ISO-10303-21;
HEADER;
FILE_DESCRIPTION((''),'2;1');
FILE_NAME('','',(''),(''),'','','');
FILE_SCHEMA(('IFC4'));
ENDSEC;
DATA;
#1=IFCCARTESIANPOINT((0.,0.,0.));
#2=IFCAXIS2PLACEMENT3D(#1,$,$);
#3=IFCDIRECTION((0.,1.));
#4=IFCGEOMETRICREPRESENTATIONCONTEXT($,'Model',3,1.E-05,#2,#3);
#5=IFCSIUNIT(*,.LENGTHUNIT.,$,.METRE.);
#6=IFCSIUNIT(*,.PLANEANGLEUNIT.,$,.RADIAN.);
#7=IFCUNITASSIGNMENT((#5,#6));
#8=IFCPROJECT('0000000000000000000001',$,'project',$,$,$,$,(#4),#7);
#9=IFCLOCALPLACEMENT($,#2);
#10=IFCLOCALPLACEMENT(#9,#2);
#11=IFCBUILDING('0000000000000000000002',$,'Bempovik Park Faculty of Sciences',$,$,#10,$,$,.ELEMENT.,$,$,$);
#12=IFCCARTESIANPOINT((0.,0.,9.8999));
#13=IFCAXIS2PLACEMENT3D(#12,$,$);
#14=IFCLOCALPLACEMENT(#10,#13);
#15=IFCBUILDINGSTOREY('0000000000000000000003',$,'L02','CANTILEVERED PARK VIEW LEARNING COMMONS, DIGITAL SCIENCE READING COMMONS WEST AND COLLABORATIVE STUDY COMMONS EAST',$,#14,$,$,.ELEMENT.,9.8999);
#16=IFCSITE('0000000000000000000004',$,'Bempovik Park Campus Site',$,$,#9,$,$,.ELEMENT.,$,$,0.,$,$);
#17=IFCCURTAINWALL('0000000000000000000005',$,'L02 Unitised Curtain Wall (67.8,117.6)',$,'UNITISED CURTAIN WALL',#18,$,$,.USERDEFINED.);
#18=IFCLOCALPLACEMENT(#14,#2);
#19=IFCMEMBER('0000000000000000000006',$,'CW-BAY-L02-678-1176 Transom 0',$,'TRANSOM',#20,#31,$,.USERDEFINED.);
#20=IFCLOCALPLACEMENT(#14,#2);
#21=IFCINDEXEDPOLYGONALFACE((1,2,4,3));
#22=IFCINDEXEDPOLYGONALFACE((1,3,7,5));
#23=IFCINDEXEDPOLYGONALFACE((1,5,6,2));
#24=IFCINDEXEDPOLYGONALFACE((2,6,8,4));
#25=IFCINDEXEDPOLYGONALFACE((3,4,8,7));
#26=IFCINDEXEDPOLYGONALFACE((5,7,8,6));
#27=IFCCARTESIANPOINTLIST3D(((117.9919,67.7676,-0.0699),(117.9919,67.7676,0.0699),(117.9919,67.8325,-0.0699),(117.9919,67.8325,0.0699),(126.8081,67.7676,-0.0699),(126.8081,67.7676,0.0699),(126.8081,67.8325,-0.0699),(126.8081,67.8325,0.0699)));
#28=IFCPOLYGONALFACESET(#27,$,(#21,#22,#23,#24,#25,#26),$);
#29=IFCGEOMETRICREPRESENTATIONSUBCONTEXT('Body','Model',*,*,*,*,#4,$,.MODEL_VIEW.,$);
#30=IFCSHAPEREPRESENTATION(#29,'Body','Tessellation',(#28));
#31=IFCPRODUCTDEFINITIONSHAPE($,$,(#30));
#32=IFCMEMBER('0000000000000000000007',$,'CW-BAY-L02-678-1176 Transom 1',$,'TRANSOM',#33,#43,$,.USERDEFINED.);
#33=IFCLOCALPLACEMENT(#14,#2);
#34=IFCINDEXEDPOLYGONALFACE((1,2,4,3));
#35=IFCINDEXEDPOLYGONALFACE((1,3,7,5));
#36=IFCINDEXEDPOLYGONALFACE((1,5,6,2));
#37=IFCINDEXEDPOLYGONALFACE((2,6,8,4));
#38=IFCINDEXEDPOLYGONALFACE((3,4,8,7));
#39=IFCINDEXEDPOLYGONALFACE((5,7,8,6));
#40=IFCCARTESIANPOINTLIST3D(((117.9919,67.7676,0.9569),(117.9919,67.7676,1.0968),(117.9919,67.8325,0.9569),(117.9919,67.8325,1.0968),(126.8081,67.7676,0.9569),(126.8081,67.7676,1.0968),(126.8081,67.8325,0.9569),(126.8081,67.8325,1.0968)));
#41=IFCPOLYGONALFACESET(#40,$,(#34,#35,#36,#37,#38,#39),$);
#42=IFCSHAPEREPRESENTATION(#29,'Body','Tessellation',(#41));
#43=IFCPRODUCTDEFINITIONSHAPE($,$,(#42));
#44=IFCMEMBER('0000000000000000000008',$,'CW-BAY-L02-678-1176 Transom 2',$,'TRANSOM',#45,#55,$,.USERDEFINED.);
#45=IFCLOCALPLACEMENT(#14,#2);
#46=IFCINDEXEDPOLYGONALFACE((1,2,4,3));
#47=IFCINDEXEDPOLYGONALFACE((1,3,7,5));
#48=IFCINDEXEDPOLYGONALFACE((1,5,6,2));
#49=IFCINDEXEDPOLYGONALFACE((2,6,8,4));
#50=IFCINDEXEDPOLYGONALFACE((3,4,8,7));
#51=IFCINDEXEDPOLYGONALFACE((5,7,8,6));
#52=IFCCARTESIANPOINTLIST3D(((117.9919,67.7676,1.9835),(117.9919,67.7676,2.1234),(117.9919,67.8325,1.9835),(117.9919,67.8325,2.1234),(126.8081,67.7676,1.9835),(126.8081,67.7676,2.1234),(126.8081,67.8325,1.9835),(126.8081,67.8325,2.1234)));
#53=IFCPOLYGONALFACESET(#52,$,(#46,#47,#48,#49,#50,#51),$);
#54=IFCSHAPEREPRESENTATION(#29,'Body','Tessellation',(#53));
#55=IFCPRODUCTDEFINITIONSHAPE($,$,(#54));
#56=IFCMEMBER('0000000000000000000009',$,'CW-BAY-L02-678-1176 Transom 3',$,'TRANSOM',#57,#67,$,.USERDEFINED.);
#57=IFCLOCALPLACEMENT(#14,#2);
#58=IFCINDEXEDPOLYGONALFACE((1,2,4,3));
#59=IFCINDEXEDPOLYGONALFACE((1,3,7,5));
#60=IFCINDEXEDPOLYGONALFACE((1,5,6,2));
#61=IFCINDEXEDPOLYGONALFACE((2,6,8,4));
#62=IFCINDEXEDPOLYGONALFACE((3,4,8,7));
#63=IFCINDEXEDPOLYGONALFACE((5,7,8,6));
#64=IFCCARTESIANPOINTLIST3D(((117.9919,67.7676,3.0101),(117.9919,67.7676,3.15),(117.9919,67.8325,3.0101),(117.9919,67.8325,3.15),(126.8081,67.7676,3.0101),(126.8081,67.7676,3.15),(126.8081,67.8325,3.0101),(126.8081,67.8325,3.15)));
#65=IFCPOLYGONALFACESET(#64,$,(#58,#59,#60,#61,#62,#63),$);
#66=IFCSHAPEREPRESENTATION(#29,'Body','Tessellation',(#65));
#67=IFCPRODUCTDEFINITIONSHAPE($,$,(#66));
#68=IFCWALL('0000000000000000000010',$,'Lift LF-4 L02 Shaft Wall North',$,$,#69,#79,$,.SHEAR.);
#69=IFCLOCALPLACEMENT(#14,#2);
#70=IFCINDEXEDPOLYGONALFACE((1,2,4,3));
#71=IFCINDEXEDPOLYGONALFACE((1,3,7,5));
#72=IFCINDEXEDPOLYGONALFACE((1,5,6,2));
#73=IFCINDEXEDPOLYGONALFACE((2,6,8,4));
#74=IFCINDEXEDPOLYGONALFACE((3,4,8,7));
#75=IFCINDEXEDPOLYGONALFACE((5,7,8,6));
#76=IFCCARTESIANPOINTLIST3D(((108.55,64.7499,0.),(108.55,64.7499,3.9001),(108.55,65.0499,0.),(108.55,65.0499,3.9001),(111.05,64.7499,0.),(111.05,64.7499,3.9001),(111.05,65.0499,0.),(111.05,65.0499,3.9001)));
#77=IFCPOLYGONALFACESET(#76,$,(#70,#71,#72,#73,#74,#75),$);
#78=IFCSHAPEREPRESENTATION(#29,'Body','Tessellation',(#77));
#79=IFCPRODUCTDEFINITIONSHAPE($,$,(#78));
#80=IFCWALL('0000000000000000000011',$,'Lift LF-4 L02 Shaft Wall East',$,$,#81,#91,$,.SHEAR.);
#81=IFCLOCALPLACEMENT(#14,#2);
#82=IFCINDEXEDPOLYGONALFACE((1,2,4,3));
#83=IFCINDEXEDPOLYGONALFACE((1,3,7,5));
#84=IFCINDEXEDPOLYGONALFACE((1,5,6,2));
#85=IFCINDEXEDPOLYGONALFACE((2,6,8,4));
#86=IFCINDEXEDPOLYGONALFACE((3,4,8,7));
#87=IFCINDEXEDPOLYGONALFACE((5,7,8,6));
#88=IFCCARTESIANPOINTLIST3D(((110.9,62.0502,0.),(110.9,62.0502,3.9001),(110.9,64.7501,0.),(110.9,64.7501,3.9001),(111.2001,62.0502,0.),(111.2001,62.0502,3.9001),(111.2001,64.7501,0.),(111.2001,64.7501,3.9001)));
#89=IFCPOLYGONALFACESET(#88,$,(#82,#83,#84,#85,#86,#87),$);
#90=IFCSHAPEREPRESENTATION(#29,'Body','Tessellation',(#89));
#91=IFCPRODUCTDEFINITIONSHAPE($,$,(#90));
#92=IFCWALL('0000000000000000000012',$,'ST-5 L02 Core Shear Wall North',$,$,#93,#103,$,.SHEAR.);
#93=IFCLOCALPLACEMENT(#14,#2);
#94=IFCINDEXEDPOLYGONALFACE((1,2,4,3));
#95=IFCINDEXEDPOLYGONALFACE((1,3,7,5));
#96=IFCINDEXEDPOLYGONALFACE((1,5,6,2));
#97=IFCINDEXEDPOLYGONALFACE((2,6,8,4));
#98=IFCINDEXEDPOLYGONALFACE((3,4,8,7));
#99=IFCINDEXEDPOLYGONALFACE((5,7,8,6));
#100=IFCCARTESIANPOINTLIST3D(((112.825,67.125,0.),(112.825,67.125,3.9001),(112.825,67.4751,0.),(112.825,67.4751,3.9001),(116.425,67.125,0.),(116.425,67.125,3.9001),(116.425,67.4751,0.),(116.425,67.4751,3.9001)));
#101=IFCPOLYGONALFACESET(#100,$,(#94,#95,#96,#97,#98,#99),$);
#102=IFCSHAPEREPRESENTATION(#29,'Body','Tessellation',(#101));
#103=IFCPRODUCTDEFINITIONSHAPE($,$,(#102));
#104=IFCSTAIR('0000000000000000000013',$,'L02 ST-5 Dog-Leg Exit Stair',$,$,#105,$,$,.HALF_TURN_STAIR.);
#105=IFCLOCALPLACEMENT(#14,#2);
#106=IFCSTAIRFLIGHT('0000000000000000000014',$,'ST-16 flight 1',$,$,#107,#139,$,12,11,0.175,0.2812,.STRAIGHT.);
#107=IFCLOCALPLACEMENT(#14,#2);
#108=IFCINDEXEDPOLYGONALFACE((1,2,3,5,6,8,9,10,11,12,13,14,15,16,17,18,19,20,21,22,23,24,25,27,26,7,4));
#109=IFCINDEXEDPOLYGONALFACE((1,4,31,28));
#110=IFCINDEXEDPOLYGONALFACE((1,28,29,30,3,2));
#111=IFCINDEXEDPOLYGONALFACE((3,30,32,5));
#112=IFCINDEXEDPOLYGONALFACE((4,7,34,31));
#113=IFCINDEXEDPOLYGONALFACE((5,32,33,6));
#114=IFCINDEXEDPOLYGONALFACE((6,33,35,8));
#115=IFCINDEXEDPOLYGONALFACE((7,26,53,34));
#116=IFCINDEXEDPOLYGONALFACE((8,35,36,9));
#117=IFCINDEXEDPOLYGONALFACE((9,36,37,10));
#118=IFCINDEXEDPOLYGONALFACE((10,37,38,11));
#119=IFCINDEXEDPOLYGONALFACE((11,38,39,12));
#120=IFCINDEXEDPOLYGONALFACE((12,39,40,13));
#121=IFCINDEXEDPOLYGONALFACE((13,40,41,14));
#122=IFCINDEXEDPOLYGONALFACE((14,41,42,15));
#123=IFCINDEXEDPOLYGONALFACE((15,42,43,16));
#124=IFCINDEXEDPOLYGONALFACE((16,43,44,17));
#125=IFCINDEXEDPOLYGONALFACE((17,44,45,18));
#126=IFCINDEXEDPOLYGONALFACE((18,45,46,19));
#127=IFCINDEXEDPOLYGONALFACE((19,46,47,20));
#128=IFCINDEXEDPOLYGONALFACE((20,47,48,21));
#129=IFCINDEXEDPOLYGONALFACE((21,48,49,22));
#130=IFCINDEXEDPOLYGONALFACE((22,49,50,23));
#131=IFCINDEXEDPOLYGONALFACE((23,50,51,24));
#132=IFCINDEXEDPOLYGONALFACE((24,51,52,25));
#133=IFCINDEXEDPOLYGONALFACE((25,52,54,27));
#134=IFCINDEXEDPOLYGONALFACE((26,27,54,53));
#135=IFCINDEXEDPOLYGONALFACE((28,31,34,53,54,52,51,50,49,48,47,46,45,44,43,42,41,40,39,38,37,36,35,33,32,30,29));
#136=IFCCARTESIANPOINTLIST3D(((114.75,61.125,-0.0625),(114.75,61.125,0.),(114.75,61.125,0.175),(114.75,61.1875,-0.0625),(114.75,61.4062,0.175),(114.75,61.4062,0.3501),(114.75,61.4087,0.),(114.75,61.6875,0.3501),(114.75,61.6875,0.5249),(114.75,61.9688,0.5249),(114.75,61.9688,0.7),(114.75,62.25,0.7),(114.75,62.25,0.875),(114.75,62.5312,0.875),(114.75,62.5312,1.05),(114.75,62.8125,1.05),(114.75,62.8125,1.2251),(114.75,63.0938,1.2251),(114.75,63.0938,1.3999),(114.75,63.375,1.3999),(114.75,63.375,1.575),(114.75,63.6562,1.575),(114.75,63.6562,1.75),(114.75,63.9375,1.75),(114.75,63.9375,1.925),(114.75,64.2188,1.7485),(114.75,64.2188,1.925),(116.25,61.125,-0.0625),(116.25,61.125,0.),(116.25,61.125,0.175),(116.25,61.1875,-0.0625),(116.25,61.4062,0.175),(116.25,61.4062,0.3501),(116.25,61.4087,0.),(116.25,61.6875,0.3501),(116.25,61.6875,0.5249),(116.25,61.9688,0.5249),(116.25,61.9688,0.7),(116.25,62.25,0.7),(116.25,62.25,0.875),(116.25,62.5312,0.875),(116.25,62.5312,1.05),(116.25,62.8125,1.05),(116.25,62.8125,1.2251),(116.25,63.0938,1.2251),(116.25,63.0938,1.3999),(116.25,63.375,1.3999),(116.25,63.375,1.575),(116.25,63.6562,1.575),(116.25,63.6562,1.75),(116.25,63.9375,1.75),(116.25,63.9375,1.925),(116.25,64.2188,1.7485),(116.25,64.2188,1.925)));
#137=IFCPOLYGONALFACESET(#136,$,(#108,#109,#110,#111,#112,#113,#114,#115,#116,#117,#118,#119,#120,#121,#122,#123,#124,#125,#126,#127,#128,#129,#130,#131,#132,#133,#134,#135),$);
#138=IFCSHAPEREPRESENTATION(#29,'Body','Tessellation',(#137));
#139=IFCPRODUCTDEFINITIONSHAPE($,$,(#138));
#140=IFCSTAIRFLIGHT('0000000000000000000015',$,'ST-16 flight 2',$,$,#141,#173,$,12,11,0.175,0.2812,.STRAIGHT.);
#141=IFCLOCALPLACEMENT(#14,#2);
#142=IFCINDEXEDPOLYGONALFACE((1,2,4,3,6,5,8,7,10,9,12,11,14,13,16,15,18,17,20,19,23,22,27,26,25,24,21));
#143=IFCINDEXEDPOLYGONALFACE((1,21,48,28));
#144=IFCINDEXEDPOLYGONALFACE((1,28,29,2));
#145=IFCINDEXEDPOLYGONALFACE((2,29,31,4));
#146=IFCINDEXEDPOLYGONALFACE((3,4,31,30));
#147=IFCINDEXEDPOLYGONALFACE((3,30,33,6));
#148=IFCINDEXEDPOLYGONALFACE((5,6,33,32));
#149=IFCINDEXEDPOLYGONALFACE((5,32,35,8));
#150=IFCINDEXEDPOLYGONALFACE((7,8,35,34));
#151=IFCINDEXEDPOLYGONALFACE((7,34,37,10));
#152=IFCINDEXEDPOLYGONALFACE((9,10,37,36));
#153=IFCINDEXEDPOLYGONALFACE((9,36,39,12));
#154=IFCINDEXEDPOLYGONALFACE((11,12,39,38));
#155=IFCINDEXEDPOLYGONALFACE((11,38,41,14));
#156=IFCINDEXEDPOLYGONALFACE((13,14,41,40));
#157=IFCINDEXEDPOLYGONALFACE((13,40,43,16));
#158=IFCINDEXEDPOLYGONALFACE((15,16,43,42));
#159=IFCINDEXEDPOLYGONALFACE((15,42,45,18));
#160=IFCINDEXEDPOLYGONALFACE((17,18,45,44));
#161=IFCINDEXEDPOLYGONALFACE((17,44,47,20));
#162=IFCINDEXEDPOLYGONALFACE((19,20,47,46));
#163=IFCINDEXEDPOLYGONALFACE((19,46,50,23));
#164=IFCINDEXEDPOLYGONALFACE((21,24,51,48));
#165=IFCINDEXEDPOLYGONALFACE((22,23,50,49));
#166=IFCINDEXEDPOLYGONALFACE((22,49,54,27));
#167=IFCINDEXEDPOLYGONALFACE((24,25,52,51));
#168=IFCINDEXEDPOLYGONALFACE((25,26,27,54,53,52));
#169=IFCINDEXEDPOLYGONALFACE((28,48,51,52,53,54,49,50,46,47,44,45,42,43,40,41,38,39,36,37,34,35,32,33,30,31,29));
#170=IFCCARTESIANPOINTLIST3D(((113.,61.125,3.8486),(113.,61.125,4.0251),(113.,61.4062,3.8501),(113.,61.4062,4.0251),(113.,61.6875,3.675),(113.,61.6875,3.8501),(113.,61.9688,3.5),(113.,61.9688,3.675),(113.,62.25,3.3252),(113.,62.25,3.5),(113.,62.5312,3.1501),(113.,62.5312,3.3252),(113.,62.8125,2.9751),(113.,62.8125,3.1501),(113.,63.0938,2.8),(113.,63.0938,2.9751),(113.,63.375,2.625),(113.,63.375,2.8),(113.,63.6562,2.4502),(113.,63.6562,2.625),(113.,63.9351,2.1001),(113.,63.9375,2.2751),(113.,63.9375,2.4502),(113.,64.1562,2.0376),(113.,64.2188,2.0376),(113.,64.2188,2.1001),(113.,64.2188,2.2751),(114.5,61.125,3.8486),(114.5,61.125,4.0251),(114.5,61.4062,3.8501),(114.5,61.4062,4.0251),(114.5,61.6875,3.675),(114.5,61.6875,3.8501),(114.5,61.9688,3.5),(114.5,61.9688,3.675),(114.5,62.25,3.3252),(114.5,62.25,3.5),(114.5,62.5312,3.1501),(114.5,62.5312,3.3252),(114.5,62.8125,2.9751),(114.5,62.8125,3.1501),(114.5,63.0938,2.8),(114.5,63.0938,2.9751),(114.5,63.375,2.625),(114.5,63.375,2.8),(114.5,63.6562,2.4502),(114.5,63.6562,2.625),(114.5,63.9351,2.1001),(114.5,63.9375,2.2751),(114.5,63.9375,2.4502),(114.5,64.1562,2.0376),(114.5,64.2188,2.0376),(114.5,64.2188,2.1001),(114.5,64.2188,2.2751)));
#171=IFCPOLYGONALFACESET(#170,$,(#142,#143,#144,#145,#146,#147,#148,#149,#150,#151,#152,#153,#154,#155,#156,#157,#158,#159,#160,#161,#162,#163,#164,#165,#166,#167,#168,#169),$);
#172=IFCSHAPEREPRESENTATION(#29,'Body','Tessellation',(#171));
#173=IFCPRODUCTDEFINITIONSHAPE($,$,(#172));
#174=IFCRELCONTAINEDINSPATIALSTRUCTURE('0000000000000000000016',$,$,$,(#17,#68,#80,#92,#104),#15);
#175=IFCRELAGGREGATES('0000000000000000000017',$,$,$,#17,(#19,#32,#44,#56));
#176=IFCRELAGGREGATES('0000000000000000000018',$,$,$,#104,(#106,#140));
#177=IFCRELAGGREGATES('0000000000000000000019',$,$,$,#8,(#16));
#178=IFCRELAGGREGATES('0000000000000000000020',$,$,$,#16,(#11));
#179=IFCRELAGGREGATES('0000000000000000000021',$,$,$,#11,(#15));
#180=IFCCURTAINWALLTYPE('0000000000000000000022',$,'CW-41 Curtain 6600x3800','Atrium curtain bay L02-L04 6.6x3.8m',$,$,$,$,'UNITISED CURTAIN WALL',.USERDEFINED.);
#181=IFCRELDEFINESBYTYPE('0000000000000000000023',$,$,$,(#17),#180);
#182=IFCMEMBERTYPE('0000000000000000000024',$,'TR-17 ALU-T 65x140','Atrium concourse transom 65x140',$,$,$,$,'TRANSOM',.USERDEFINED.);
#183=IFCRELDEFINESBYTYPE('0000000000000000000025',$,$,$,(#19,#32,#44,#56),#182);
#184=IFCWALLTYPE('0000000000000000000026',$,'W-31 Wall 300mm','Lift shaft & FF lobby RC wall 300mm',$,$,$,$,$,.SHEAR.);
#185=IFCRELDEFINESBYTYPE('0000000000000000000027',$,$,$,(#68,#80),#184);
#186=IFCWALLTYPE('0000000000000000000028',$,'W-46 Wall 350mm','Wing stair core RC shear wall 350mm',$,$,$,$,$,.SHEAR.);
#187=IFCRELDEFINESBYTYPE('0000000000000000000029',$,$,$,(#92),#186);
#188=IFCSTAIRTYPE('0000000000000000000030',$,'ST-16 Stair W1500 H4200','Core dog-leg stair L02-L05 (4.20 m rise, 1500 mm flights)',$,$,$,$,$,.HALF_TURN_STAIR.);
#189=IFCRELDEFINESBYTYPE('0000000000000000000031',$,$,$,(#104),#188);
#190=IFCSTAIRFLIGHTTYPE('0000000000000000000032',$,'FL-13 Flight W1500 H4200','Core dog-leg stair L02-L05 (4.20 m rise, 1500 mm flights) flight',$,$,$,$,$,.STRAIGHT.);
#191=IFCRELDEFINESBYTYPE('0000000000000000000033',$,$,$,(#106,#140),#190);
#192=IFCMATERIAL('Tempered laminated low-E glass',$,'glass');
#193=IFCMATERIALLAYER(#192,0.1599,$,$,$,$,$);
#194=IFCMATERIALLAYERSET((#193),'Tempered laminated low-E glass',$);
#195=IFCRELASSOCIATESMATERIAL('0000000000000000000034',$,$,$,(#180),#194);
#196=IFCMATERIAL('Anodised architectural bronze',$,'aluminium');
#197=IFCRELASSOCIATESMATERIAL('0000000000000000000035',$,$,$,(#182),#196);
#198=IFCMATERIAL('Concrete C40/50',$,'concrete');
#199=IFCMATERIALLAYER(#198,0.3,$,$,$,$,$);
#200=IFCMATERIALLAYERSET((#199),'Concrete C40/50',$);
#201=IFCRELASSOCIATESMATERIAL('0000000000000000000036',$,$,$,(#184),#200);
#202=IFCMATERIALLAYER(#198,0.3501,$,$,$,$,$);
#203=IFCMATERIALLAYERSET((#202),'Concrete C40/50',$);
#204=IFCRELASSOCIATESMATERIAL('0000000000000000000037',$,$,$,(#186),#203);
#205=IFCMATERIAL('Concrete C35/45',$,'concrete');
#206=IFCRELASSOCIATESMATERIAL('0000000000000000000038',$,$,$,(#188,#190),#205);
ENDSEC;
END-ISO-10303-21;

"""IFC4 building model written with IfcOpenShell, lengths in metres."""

from ifc_helpers import new_model, si_unit, direction, frame, frame_2d, origin, origin_2d, place, context, subcontext, project, spatial, polyline, rectangle, outline, extrude, material, layer, layer_set, material_profile, profile_set, type_object, element, aggregate, save


model = new_model("IFC4")

# Units and contexts
model_context = context("Model", 3, precision=1e-05, world=origin(), true_north=direction((0.0, 1.0)))
body_context = subcontext(model_context, "Body", "Model", "MODEL_VIEW")
ifc_project = project(units=[si_unit("LENGTHUNIT", "METRE"), si_unit("PLANEANGLEUNIT", "RADIAN")], contexts=[model_context])

# Site, building, storey
site_placement = place(None, origin())
site = spatial("IfcSite", under=ifc_project, at=site_placement, Name="Bempovik Park Campus Site", CompositionType="ELEMENT", RefElevation=0.0)
building_placement = place(site_placement, origin())
building = spatial("IfcBuilding", under=site, at=building_placement, Name="Bempovik Park Faculty of Sciences", CompositionType="ELEMENT")
storey_placement = place(building_placement, frame((0.0, 0.0, 9.8999)))
storey = spatial("IfcBuildingStorey", under=building, at=storey_placement, Name="L02", Description="CANTILEVERED PARK VIEW LEARNING COMMONS, DIGITAL SCIENCE READING COMMONS WEST AND COLLABORATIVE STUDY COMMONS EAST", CompositionType="ELEMENT", Elevation=9.8999)

# Shared definitions
ifc_material_1 = material(Name="Concrete C40/50", Category="concrete")

# Shared definitions
ifc_material_2 = material(Name="Concrete C35/45", Category="concrete")

# Curtain wall, members
ifc_material_3 = material(Name="Tempered laminated low-E glass", Category="glass")
ifc_layer_1 = layer(ifc_material_3, 0.1599)
ifc_layer_set_1 = layer_set([ifc_layer_1], Name="Tempered laminated low-E glass")
curtain_wall_type = type_object("IfcCurtainWallType", Name="CW-41 Curtain 6600x3800", Description="Atrium curtain bay L02-L04 6.6x3.8m", ElementType="UNITISED CURTAIN WALL", PredefinedType="USERDEFINED", material=ifc_layer_set_1)
curtain_wall_placement = place(storey_placement, origin())
curtain_wall = element("IfcCurtainWall", 1, at=curtain_wall_placement, inside=storey, type_object=curtain_wall_type, Name="L02 Unitised Curtain Wall (67.8,117.6)", ObjectType="UNITISED CURTAIN WALL", PredefinedType="USERDEFINED")
ifc_material_4 = material(Name="Anodised architectural bronze", Category="aluminium")
ifc_material_profile_1 = material_profile(ifc_material_4, rectangle(XDim=0.0649, YDim=0.1399, at=origin_2d()), Name="ALU-T 65x140")
ifc_profile_set_1 = profile_set([ifc_material_profile_1], Name="Anodised architectural bronze")
member_type_1 = type_object("IfcMemberType", Name="TR-17 ALU-T 65x140", Description="Atrium concourse transom 65x140", ElementType="TRANSOM", PredefinedType="USERDEFINED", material=ifc_profile_set_1)
member_1_placement = place(storey_placement, frame((117.9919, 67.8, 0.0), z_axis=(1.0, 0.0, 0.0), x_axis=(0.0, 1.0, 0.0)))
member_1 = element("IfcMember", 2, at=member_1_placement, type_object=member_type_1, Name="CW-BAY-L02-678-1176 Transom 0", ObjectType="TRANSOM", PredefinedType="USERDEFINED", context=body_context, shape_type="SweptSolid", body=[
    extrude(rectangle(XDim=0.0649, YDim=0.1399, at=origin_2d()), origin(), (0.0, 0.0, 1.0), 8.8162),
])
member_2_placement = place(storey_placement, frame((117.9919, 67.8, 1.0269), z_axis=(1.0, 0.0, 0.0), x_axis=(0.0, 1.0, 0.0)))
member_2 = element("IfcMember", 3, at=member_2_placement, type_object=member_type_1, Name="CW-BAY-L02-678-1176 Transom 1", ObjectType="TRANSOM", PredefinedType="USERDEFINED", context=body_context, shape_type="SweptSolid", body=[
    extrude(rectangle(XDim=0.0649, YDim=0.1399, at=origin_2d()), origin(), (0.0, 0.0, 1.0), 8.8162),
])
member_3_placement = place(storey_placement, frame((117.9919, 67.8, 2.0535), z_axis=(1.0, 0.0, 0.0), x_axis=(0.0, 1.0, 0.0)))
member_3 = element("IfcMember", 4, at=member_3_placement, type_object=member_type_1, Name="CW-BAY-L02-678-1176 Transom 2", ObjectType="TRANSOM", PredefinedType="USERDEFINED", context=body_context, shape_type="SweptSolid", body=[
    extrude(rectangle(XDim=0.0649, YDim=0.1399, at=origin_2d()), origin(), (0.0, 0.0, 1.0), 8.8162),
])
member_4_placement = place(storey_placement, frame((117.9919, 67.8, 3.0801), z_axis=(1.0, 0.0, 0.0), x_axis=(0.0, 1.0, 0.0)))
member_4 = element("IfcMember", 5, at=member_4_placement, type_object=member_type_1, Name="CW-BAY-L02-678-1176 Transom 3", ObjectType="TRANSOM", PredefinedType="USERDEFINED", context=body_context, shape_type="SweptSolid", body=[
    extrude(rectangle(XDim=0.0649, YDim=0.1399, at=origin_2d()), origin(), (0.0, 0.0, 1.0), 8.8162),
])
aggregate(curtain_wall, [member_1, member_2, member_3, member_4])

# Walls
ifc_layer_2 = layer(ifc_material_1, 0.3)
ifc_layer_set_2 = layer_set([ifc_layer_2], Name="Concrete C40/50")
wall_type_1 = type_object("IfcWallType", Name="W-31 Wall 300mm", Description="Lift shaft & FF lobby RC wall 300mm", PredefinedType="SHEAR", material=ifc_layer_set_2)
wall_1_placement = place(storey_placement, frame((108.55, 64.8999, 0.0), z_axis=(0.0, 0.0, 1.0), x_axis=(1.0, 0.0, 0.0)))
element("IfcWall", 6, at=wall_1_placement, inside=storey, type_object=wall_type_1, Name="Lift LF-4 L02 Shaft Wall North", PredefinedType="SHEAR", context=body_context, shape_type="SweptSolid", body=[
    extrude(rectangle(XDim=2.5, YDim=0.3, at=frame_2d((1.25, 0.0))), origin(), (0.0, 0.0, 1.0), 3.9001),
])
wall_2_placement = place(storey_placement, frame((111.05, 62.05, 0.0), z_axis=(0.0, 0.0, 1.0), x_axis=(0.0, 1.0, 0.0)))
element("IfcWall", 7, at=wall_2_placement, inside=storey, type_object=wall_type_1, Name="Lift LF-4 L02 Shaft Wall East", PredefinedType="SHEAR", context=body_context, shape_type="SweptSolid", body=[
    extrude(rectangle(XDim=2.7, YDim=0.3, at=frame_2d((1.3501, 0.0))), origin(), (0.0, 0.0, 1.0), 3.9001),
])
ifc_layer_3 = layer(ifc_material_1, 0.3501)
ifc_layer_set_3 = layer_set([ifc_layer_3], Name="Concrete C40/50")
wall_type_2 = type_object("IfcWallType", Name="W-46 Wall 350mm", Description="Wing stair core RC shear wall 350mm", PredefinedType="SHEAR", material=ifc_layer_set_3)
wall_3_placement = place(storey_placement, frame((112.825, 67.3, 0.0), z_axis=(0.0, 0.0, 1.0), x_axis=(1.0, 0.0, 0.0)))
element("IfcWall", 8, at=wall_3_placement, inside=storey, type_object=wall_type_2, Name="ST-5 L02 Core Shear Wall North", PredefinedType="SHEAR", context=body_context, shape_type="SweptSolid", body=[
    extrude(rectangle(XDim=3.6001, YDim=0.3501, at=frame_2d((1.8, 0.0))), origin(), (0.0, 0.0, 1.0), 3.9001),
])

# Stair, stair flights
stair_type = type_object("IfcStairType", Name="ST-16 Stair W1500 H4200", Description="Core dog-leg stair L02-L05 (4.20 m rise, 1500 mm flights)", PredefinedType="HALF_TURN_STAIR", material=ifc_material_2)
stair_placement = place(storey_placement, origin())
stair = element("IfcStair", 9, at=stair_placement, inside=storey, type_object=stair_type, Name="L02 ST-5 Dog-Leg Exit Stair", PredefinedType="HALF_TURN_STAIR")
stair_flight_type = type_object("IfcStairFlightType", Name="FL-13 Flight W1500 H4200", Description="Core dog-leg stair L02-L05 (4.20 m rise, 1500 mm flights) flight", PredefinedType="STRAIGHT", material=ifc_material_2)
stair_flight_1_placement = place(storey_placement, frame((115.5, 61.125, 0.0), z_axis=(0.0, 0.0, 1.0), x_axis=(0.0, 1.0, 0.0)))
stair_flight_1 = element("IfcStairFlight", 10, at=stair_flight_1_placement, type_object=stair_flight_type, Name="ST-16 flight 1", NumberOfRisers=12, NumberOfTreads=11, PredefinedType="STRAIGHT", RiserHeight=0.175, TreadLength=0.2812, context=body_context, shape_type="SweptSolid", body=[
    extrude(outline(polyline([(0.0, 0.0), (0.0, 0.175), (0.2812, 0.175), (0.2812, 0.3501), (0.5625, 0.3501), (0.5625, 0.5249), (0.8438, 0.5249), (0.8438, 0.7), (1.125, 0.7), (1.125, 0.875), (1.4062, 0.875), (1.4062, 1.05), (1.6875, 1.05), (1.6875, 1.2251), (1.9688, 1.2251), (1.9688, 1.3999), (2.25, 1.3999), (2.25, 1.575), (2.5312, 1.575), (2.5312, 1.75), (2.8125, 1.75), (2.8125, 1.925), (3.0938, 1.925), (3.0938, 2.1001), (3.0938, 1.7485), (0.2837, 0.0), (0.0625, -0.0625), (0.0, -0.0625), (0.0, 0.0)])), frame((0.0, 0.75, 0.0), z_axis=(0.0, -1.0, 0.0), x_axis=(1.0, 0.0, 0.0)), (0.0, 0.0, 1.0), 1.5),
])
stair_flight_2_placement = place(storey_placement, frame((113.75, 64.2188, 2.1001), z_axis=(0.0, 0.0, 1.0), x_axis=(0.0, -1.0, 0.0)))
stair_flight_2 = element("IfcStairFlight", 11, at=stair_flight_2_placement, type_object=stair_flight_type, Name="ST-16 flight 2", NumberOfRisers=12, NumberOfTreads=11, PredefinedType="STRAIGHT", RiserHeight=0.175, TreadLength=0.2812, context=body_context, shape_type="SweptSolid", body=[
    extrude(outline(polyline([(0.0, 0.0), (0.0, 0.175), (0.2812, 0.175), (0.2812, 0.3501), (0.5625, 0.3501), (0.5625, 0.5249), (0.8438, 0.5249), (0.8438, 0.7), (1.125, 0.7), (1.125, 0.875), (1.4062, 0.875), (1.4062, 1.05), (1.6875, 1.05), (1.6875, 1.2251), (1.9688, 1.2251), (1.9688, 1.3999), (2.25, 1.3999), (2.25, 1.575), (2.5312, 1.575), (2.5312, 1.75), (2.8125, 1.75), (2.8125, 1.925), (3.0938, 1.925), (3.0938, 2.1001), (3.0938, 1.7485), (0.2837, 0.0), (0.0625, -0.0625), (0.0, -0.0625), (0.0, 0.0)])), frame((0.0, 0.75, 0.0), z_axis=(0.0, -1.0, 0.0), x_axis=(1.0, 0.0, 0.0)), (0.0, 0.0, 1.0), 1.5),
])
aggregate(stair, [stair_flight_1, stair_flight_2])

save(model, "model.ifc")
